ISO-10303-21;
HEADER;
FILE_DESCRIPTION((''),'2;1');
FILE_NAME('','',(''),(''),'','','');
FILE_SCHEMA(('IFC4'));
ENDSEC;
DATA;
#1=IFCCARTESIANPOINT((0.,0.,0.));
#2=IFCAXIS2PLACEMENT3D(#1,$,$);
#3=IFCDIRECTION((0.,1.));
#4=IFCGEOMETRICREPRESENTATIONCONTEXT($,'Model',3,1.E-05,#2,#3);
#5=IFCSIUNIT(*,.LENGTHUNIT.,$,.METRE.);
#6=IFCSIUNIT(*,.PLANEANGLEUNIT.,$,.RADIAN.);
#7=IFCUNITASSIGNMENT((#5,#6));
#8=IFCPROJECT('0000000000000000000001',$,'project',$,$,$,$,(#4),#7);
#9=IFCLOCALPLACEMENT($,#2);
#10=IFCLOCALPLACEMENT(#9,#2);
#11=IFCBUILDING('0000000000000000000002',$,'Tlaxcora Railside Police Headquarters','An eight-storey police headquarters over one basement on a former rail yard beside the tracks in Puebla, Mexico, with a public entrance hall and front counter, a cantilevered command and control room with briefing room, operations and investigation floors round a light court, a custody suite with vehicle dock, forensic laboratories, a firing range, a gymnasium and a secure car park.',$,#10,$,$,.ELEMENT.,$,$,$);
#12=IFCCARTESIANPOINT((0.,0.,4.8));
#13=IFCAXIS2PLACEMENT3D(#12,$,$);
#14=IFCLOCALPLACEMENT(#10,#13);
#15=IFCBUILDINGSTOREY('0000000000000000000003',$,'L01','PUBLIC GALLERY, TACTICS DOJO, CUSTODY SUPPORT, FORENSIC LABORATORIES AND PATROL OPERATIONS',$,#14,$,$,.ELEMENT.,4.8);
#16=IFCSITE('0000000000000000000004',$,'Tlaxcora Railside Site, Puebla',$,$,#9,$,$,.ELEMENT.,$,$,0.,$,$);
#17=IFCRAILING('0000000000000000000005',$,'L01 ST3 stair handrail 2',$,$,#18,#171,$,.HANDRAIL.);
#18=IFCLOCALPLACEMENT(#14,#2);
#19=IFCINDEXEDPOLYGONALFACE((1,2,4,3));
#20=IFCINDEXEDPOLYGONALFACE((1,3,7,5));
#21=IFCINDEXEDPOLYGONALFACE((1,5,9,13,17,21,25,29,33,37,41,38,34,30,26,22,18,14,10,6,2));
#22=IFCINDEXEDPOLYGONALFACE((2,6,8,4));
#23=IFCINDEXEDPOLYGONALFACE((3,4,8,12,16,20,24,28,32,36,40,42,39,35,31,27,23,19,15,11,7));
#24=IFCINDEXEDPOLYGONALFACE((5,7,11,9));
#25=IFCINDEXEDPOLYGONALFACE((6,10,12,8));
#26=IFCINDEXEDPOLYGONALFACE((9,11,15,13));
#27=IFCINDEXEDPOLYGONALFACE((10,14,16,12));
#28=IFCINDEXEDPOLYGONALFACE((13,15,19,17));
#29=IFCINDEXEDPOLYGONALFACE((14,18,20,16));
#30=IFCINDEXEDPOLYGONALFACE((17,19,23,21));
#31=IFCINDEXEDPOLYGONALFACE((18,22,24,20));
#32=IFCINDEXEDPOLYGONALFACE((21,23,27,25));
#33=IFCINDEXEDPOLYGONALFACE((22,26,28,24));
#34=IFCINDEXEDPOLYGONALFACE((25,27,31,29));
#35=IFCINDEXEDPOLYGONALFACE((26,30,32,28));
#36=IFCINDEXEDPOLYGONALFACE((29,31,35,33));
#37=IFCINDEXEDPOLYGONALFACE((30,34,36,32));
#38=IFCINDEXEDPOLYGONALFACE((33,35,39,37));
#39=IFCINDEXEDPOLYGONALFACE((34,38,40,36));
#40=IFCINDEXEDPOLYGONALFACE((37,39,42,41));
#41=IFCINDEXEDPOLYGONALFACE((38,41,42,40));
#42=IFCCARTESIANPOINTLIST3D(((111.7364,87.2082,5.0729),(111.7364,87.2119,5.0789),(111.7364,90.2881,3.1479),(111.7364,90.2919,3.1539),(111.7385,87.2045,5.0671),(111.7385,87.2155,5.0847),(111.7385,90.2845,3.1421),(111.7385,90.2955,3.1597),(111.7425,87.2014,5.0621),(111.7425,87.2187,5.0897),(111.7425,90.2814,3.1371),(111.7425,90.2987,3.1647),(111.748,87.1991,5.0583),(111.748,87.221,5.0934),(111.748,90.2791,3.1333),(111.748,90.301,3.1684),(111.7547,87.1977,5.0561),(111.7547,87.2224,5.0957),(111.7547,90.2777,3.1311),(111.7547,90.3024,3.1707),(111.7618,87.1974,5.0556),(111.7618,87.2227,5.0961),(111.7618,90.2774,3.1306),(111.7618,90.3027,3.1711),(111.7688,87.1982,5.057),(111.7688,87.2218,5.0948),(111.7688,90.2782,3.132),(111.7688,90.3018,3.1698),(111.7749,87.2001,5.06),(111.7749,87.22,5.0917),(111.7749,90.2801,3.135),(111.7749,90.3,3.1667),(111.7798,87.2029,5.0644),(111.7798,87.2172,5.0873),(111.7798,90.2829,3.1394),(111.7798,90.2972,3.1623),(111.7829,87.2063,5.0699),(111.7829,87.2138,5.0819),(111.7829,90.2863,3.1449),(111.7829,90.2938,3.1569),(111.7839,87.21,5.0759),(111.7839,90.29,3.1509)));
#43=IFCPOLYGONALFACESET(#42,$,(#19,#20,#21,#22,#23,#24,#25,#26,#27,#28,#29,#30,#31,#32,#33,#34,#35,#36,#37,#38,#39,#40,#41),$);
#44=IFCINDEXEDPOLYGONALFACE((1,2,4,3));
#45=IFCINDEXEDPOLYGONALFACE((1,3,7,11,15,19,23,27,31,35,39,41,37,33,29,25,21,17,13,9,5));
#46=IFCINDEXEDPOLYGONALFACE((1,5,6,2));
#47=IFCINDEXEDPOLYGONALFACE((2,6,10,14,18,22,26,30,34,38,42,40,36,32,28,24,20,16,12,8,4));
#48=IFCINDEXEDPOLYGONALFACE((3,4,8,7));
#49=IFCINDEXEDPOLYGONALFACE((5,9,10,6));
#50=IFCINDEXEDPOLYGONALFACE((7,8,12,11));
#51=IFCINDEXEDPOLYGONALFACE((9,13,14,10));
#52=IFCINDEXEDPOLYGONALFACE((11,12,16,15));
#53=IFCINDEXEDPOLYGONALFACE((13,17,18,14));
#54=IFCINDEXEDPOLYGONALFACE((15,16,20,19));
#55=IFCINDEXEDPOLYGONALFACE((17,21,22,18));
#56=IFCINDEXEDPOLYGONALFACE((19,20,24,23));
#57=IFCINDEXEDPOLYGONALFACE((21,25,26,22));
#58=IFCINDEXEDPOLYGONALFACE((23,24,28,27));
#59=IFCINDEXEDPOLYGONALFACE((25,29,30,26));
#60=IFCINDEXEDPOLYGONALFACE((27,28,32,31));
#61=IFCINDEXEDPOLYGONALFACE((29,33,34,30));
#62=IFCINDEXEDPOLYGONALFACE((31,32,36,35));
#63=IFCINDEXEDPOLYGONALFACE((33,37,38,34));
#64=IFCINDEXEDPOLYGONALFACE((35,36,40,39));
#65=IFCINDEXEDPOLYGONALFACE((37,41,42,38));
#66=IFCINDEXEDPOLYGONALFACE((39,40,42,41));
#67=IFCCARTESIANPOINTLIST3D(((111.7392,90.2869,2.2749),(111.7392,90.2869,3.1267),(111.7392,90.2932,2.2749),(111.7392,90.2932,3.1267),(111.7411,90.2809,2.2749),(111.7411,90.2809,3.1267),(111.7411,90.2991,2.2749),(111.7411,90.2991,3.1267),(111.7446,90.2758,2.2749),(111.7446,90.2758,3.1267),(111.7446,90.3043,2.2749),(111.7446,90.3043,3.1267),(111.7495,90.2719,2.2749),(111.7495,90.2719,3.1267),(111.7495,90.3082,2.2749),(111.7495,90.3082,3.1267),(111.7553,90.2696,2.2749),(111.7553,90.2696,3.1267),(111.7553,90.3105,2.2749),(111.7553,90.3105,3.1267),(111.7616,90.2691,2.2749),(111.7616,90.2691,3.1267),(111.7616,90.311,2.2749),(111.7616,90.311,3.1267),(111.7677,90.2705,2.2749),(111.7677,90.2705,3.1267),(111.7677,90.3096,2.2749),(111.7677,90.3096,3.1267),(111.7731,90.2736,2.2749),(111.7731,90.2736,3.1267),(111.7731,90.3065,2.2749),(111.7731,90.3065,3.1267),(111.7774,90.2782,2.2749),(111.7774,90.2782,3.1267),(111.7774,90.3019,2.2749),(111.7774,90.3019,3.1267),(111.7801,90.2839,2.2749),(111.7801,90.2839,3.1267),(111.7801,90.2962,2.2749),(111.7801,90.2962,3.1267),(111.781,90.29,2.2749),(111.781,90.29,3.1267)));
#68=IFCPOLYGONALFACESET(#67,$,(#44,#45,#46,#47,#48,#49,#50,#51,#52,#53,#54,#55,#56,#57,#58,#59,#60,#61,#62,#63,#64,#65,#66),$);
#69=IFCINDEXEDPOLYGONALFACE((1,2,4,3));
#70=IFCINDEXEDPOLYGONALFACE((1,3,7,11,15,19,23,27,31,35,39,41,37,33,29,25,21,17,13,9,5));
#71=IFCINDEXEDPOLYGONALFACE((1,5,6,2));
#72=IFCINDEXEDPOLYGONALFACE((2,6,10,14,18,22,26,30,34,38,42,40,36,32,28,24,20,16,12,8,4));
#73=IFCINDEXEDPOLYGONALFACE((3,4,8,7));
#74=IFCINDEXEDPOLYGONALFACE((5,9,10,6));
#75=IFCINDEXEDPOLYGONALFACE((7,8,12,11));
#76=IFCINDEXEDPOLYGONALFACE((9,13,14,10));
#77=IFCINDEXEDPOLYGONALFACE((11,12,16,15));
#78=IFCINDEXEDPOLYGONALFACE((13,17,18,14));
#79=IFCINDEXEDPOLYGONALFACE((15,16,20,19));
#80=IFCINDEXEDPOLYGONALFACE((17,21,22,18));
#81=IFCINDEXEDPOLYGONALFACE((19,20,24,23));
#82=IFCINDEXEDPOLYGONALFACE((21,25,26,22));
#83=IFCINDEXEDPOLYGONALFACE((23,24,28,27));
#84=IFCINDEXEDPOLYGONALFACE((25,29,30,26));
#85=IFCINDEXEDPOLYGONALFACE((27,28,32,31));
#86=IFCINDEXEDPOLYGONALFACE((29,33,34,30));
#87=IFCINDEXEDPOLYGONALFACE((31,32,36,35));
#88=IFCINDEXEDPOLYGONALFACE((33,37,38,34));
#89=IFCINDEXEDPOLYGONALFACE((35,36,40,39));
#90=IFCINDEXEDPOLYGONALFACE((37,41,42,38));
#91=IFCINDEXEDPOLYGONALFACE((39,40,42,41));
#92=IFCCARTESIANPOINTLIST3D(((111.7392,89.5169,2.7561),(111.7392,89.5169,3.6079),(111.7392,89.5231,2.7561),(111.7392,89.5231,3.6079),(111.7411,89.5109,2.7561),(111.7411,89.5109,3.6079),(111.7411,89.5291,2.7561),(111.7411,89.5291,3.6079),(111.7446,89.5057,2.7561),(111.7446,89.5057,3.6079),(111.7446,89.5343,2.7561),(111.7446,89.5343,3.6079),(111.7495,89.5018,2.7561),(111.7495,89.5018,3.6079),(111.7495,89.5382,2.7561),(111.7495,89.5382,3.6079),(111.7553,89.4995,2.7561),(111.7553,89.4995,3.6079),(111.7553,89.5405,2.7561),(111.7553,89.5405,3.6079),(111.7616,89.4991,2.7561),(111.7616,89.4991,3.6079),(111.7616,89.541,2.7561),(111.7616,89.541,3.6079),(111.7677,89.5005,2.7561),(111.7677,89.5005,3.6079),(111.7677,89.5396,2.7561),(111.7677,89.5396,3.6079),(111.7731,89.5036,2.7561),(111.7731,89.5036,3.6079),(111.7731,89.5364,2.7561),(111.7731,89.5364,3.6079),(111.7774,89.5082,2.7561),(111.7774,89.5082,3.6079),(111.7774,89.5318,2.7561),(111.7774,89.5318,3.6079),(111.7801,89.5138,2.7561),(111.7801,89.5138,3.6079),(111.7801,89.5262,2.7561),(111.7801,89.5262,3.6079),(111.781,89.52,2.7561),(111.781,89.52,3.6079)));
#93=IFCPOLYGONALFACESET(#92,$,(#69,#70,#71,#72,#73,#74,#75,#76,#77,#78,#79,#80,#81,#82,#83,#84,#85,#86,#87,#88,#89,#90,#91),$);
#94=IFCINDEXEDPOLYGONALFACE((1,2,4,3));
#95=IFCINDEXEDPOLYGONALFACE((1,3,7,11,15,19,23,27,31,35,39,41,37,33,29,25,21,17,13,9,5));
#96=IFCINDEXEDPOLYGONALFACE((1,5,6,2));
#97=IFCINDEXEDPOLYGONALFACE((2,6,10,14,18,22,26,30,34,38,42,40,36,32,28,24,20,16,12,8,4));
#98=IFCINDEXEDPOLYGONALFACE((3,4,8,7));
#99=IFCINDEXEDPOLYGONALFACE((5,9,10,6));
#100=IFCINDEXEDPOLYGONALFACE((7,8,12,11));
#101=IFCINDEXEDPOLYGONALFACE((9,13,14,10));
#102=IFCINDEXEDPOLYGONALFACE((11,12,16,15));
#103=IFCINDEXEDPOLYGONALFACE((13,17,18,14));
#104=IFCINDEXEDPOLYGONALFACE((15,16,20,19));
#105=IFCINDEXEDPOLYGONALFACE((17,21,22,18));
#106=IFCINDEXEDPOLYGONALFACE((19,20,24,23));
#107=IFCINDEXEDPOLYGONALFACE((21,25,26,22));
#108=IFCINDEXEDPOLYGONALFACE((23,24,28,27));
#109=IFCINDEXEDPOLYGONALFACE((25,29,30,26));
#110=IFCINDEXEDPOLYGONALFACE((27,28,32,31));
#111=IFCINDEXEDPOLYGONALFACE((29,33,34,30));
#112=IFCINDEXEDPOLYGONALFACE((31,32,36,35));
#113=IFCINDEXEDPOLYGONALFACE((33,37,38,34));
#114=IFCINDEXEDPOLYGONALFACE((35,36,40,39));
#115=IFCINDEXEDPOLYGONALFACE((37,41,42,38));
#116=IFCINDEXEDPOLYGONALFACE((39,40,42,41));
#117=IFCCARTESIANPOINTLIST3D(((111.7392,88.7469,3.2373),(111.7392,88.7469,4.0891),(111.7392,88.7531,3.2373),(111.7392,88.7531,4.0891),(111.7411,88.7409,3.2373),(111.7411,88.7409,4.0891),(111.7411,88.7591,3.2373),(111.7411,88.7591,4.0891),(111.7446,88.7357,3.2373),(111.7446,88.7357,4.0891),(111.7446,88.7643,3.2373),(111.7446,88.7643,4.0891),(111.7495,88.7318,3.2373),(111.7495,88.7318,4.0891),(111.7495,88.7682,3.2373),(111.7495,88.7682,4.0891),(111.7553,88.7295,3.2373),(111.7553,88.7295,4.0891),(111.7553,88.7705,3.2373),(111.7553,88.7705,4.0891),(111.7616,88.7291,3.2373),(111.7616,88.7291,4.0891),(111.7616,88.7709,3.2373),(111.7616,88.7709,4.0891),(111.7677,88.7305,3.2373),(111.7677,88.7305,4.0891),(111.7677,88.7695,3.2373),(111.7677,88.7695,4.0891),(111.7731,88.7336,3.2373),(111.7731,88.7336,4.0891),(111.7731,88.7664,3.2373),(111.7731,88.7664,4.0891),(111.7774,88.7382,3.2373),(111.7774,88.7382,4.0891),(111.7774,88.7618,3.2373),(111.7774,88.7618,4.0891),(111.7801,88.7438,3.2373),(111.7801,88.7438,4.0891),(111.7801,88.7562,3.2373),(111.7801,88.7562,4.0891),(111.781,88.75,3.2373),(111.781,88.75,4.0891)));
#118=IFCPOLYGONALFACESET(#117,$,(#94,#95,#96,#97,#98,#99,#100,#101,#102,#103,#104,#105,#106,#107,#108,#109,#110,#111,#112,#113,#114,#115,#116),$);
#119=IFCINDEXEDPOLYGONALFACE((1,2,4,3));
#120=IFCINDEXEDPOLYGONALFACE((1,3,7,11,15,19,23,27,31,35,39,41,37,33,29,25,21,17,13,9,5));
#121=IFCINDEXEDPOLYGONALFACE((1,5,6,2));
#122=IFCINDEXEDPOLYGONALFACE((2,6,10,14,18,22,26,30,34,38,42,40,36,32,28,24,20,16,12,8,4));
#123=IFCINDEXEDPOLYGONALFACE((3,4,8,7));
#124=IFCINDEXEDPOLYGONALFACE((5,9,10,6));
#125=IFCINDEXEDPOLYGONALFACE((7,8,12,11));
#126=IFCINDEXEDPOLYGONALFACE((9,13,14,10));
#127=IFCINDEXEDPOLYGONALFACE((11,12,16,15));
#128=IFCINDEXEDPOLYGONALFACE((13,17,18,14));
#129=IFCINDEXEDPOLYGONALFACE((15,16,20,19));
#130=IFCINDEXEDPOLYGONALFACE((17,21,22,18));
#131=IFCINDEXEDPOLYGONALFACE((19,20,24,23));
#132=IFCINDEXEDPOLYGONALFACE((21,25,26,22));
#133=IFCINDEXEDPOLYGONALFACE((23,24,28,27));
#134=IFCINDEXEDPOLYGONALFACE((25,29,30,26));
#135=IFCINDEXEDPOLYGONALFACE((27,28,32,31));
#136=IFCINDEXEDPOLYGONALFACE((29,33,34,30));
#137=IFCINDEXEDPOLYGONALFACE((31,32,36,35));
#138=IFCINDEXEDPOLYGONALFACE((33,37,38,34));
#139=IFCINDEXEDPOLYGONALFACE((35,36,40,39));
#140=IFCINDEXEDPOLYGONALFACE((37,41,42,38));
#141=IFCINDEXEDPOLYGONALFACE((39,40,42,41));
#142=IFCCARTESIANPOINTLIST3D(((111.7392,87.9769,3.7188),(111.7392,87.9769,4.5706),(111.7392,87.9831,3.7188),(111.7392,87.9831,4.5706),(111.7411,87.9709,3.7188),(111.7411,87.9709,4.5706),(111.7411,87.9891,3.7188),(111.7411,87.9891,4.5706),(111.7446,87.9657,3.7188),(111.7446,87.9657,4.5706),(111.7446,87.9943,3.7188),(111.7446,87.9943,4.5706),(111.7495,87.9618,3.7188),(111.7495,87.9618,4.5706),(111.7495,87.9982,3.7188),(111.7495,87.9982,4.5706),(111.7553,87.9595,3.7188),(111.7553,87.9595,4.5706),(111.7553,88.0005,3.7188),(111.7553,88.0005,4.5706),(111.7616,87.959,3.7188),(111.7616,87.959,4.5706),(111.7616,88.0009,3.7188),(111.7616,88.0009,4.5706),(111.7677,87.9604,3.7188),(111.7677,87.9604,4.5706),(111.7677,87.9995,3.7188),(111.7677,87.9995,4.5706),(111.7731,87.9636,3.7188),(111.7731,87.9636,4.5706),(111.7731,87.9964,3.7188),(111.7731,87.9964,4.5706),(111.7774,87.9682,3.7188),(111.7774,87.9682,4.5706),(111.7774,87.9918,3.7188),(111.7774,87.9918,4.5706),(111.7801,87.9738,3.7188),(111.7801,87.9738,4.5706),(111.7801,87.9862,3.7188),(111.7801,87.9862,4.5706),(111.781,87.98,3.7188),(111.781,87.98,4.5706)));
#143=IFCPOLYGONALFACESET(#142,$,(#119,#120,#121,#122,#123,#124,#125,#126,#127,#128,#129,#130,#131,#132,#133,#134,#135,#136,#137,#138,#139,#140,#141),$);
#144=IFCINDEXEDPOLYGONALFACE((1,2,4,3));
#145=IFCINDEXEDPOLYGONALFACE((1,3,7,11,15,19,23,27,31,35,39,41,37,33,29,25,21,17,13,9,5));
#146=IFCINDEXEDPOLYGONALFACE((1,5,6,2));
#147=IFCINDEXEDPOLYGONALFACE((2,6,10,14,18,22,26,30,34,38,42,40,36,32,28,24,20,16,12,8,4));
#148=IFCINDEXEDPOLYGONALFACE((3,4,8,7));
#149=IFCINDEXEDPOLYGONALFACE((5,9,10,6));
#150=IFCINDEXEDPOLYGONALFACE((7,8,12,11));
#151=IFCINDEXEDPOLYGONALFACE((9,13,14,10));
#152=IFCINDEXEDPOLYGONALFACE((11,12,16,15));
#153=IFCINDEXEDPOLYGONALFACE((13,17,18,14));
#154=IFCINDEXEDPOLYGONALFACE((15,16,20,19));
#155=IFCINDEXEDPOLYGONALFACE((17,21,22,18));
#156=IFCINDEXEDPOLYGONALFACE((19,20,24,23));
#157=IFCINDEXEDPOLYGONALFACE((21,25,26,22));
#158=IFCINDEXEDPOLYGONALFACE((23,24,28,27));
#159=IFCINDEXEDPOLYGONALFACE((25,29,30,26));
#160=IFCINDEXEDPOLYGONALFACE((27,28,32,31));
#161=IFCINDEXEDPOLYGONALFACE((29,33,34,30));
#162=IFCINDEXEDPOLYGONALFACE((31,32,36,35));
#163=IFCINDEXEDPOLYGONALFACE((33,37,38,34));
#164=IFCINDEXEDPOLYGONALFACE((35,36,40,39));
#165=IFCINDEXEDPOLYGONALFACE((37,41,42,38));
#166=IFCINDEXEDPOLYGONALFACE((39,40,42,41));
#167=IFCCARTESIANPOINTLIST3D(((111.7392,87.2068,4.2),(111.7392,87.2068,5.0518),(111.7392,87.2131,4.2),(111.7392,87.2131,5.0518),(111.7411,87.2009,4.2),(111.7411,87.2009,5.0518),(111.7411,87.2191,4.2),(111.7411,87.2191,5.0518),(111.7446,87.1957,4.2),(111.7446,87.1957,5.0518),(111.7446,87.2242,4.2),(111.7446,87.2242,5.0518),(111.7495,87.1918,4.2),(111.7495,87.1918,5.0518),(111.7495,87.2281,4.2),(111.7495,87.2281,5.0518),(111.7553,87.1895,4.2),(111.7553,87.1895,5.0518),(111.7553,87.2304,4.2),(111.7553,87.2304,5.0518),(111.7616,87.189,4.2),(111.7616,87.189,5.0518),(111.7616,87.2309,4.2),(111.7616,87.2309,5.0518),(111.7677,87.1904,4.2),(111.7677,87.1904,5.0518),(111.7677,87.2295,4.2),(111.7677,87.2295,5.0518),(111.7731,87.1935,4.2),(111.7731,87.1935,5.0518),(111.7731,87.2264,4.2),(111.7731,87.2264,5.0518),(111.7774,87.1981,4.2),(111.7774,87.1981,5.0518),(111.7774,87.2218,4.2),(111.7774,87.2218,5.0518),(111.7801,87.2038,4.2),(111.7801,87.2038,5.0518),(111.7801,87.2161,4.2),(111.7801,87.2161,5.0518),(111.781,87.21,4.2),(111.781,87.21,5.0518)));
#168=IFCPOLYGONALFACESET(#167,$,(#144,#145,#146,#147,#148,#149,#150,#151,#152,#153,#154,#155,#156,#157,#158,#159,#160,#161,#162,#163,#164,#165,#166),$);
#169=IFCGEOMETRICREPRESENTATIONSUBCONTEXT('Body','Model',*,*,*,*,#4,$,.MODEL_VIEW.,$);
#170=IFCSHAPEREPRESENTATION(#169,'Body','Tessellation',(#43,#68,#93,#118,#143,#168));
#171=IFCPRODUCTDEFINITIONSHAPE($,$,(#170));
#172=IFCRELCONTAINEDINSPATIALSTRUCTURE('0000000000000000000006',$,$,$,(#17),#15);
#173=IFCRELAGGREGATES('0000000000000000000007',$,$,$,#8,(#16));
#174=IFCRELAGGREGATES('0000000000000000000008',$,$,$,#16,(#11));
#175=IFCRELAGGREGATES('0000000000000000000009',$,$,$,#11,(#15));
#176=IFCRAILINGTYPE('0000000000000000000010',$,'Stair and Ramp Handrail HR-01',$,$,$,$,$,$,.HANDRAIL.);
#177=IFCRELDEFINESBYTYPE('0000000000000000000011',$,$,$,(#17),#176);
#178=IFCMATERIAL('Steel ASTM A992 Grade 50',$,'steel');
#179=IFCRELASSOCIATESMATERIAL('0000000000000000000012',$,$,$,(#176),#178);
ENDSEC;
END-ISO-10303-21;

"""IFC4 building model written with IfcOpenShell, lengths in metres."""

from ifc_helpers import new_model, si_unit, direction, frame, origin, origin_2d, place, context, subcontext, project, spatial, circle, extrude, material, type_object, element, save


model = new_model("IFC4")

# Units and contexts
model_context = context("Model", 3, precision=1e-05, world=origin(), true_north=direction((0.0, 1.0)))
body_context = subcontext(model_context, "Body", "Model", "MODEL_VIEW")
ifc_project = project(units=[si_unit("LENGTHUNIT", "METRE"), si_unit("PLANEANGLEUNIT", "RADIAN")], contexts=[model_context])

# Site, building, storey
site_placement = place(None, origin())
site = spatial("IfcSite", under=ifc_project, at=site_placement, Name="Tlaxcora Railside Site, Puebla", CompositionType="ELEMENT", RefElevation=0.0)
building_placement = place(site_placement, origin())
building = spatial("IfcBuilding", under=site, at=building_placement, Name="Tlaxcora Railside Police Headquarters", Description="An eight-storey police headquarters over one basement on a former rail yard beside the tracks in Puebla, Mexico, with a public entrance hall and front counter, a cantilevered command and control room with briefing room, operations and investigation floors round a light court, a custody suite with vehicle dock, forensic laboratories, a firing range, a gymnasium and a secure car park.", CompositionType="ELEMENT")
storey_placement = place(building_placement, frame((0.0, 0.0, 4.8)))
storey = spatial("IfcBuildingStorey", under=building, at=storey_placement, Name="L01", Description="PUBLIC GALLERY, TACTICS DOJO, CUSTODY SUPPORT, FORENSIC LABORATORIES AND PATROL OPERATIONS", CompositionType="ELEMENT", Elevation=4.8)

# Shared definitions
ifc_material_1 = material(Name="Steel ASTM A992 Grade 50", Category="steel")

# Railing
railing_type_1 = type_object("IfcRailingType", Name="Stair and Ramp Handrail HR-01", PredefinedType="HANDRAIL", material=ifc_material_1)
railing_1_placement = place(storey_placement, frame((111.76, 90.29, 2.2749)))
element("IfcRailing", 1, at=railing_1_placement, inside=storey, type_object=railing_type_1, Name="L01 ST3 stair handrail 2", PredefinedType="HANDRAIL", context=body_context, shape_type="SweptSolid", body=[
    extrude(circle(Radius=0.0239, at=origin_2d()), frame((0.0, 0.0, 0.876), z_axis=(0.0, -0.847998, 0.529999), x_axis=(1.0, 0.0, 0.0)), (0.0, 0.0, 1.0), 3.6321),
    extrude(circle(Radius=0.021, at=origin_2d()), origin(), (0.0, 0.0, 1.0), 0.8518),
    extrude(circle(Radius=0.021, at=origin_2d()), frame((0.0, -0.77, 0.4812)), (0.0, 0.0, 1.0), 0.8518),
    extrude(circle(Radius=0.021, at=origin_2d()), frame((0.0, -1.54, 0.9624)), (0.0, 0.0, 1.0), 0.8518),
    extrude(circle(Radius=0.021, at=origin_2d()), frame((0.0, -2.3101, 1.4438)), (0.0, 0.0, 1.0), 0.8518),
    extrude(circle(Radius=0.021, at=origin_2d()), frame((0.0, -3.0801, 1.925)), (0.0, 0.0, 1.0), 0.8518),
])

save(model, "model.ifc")
